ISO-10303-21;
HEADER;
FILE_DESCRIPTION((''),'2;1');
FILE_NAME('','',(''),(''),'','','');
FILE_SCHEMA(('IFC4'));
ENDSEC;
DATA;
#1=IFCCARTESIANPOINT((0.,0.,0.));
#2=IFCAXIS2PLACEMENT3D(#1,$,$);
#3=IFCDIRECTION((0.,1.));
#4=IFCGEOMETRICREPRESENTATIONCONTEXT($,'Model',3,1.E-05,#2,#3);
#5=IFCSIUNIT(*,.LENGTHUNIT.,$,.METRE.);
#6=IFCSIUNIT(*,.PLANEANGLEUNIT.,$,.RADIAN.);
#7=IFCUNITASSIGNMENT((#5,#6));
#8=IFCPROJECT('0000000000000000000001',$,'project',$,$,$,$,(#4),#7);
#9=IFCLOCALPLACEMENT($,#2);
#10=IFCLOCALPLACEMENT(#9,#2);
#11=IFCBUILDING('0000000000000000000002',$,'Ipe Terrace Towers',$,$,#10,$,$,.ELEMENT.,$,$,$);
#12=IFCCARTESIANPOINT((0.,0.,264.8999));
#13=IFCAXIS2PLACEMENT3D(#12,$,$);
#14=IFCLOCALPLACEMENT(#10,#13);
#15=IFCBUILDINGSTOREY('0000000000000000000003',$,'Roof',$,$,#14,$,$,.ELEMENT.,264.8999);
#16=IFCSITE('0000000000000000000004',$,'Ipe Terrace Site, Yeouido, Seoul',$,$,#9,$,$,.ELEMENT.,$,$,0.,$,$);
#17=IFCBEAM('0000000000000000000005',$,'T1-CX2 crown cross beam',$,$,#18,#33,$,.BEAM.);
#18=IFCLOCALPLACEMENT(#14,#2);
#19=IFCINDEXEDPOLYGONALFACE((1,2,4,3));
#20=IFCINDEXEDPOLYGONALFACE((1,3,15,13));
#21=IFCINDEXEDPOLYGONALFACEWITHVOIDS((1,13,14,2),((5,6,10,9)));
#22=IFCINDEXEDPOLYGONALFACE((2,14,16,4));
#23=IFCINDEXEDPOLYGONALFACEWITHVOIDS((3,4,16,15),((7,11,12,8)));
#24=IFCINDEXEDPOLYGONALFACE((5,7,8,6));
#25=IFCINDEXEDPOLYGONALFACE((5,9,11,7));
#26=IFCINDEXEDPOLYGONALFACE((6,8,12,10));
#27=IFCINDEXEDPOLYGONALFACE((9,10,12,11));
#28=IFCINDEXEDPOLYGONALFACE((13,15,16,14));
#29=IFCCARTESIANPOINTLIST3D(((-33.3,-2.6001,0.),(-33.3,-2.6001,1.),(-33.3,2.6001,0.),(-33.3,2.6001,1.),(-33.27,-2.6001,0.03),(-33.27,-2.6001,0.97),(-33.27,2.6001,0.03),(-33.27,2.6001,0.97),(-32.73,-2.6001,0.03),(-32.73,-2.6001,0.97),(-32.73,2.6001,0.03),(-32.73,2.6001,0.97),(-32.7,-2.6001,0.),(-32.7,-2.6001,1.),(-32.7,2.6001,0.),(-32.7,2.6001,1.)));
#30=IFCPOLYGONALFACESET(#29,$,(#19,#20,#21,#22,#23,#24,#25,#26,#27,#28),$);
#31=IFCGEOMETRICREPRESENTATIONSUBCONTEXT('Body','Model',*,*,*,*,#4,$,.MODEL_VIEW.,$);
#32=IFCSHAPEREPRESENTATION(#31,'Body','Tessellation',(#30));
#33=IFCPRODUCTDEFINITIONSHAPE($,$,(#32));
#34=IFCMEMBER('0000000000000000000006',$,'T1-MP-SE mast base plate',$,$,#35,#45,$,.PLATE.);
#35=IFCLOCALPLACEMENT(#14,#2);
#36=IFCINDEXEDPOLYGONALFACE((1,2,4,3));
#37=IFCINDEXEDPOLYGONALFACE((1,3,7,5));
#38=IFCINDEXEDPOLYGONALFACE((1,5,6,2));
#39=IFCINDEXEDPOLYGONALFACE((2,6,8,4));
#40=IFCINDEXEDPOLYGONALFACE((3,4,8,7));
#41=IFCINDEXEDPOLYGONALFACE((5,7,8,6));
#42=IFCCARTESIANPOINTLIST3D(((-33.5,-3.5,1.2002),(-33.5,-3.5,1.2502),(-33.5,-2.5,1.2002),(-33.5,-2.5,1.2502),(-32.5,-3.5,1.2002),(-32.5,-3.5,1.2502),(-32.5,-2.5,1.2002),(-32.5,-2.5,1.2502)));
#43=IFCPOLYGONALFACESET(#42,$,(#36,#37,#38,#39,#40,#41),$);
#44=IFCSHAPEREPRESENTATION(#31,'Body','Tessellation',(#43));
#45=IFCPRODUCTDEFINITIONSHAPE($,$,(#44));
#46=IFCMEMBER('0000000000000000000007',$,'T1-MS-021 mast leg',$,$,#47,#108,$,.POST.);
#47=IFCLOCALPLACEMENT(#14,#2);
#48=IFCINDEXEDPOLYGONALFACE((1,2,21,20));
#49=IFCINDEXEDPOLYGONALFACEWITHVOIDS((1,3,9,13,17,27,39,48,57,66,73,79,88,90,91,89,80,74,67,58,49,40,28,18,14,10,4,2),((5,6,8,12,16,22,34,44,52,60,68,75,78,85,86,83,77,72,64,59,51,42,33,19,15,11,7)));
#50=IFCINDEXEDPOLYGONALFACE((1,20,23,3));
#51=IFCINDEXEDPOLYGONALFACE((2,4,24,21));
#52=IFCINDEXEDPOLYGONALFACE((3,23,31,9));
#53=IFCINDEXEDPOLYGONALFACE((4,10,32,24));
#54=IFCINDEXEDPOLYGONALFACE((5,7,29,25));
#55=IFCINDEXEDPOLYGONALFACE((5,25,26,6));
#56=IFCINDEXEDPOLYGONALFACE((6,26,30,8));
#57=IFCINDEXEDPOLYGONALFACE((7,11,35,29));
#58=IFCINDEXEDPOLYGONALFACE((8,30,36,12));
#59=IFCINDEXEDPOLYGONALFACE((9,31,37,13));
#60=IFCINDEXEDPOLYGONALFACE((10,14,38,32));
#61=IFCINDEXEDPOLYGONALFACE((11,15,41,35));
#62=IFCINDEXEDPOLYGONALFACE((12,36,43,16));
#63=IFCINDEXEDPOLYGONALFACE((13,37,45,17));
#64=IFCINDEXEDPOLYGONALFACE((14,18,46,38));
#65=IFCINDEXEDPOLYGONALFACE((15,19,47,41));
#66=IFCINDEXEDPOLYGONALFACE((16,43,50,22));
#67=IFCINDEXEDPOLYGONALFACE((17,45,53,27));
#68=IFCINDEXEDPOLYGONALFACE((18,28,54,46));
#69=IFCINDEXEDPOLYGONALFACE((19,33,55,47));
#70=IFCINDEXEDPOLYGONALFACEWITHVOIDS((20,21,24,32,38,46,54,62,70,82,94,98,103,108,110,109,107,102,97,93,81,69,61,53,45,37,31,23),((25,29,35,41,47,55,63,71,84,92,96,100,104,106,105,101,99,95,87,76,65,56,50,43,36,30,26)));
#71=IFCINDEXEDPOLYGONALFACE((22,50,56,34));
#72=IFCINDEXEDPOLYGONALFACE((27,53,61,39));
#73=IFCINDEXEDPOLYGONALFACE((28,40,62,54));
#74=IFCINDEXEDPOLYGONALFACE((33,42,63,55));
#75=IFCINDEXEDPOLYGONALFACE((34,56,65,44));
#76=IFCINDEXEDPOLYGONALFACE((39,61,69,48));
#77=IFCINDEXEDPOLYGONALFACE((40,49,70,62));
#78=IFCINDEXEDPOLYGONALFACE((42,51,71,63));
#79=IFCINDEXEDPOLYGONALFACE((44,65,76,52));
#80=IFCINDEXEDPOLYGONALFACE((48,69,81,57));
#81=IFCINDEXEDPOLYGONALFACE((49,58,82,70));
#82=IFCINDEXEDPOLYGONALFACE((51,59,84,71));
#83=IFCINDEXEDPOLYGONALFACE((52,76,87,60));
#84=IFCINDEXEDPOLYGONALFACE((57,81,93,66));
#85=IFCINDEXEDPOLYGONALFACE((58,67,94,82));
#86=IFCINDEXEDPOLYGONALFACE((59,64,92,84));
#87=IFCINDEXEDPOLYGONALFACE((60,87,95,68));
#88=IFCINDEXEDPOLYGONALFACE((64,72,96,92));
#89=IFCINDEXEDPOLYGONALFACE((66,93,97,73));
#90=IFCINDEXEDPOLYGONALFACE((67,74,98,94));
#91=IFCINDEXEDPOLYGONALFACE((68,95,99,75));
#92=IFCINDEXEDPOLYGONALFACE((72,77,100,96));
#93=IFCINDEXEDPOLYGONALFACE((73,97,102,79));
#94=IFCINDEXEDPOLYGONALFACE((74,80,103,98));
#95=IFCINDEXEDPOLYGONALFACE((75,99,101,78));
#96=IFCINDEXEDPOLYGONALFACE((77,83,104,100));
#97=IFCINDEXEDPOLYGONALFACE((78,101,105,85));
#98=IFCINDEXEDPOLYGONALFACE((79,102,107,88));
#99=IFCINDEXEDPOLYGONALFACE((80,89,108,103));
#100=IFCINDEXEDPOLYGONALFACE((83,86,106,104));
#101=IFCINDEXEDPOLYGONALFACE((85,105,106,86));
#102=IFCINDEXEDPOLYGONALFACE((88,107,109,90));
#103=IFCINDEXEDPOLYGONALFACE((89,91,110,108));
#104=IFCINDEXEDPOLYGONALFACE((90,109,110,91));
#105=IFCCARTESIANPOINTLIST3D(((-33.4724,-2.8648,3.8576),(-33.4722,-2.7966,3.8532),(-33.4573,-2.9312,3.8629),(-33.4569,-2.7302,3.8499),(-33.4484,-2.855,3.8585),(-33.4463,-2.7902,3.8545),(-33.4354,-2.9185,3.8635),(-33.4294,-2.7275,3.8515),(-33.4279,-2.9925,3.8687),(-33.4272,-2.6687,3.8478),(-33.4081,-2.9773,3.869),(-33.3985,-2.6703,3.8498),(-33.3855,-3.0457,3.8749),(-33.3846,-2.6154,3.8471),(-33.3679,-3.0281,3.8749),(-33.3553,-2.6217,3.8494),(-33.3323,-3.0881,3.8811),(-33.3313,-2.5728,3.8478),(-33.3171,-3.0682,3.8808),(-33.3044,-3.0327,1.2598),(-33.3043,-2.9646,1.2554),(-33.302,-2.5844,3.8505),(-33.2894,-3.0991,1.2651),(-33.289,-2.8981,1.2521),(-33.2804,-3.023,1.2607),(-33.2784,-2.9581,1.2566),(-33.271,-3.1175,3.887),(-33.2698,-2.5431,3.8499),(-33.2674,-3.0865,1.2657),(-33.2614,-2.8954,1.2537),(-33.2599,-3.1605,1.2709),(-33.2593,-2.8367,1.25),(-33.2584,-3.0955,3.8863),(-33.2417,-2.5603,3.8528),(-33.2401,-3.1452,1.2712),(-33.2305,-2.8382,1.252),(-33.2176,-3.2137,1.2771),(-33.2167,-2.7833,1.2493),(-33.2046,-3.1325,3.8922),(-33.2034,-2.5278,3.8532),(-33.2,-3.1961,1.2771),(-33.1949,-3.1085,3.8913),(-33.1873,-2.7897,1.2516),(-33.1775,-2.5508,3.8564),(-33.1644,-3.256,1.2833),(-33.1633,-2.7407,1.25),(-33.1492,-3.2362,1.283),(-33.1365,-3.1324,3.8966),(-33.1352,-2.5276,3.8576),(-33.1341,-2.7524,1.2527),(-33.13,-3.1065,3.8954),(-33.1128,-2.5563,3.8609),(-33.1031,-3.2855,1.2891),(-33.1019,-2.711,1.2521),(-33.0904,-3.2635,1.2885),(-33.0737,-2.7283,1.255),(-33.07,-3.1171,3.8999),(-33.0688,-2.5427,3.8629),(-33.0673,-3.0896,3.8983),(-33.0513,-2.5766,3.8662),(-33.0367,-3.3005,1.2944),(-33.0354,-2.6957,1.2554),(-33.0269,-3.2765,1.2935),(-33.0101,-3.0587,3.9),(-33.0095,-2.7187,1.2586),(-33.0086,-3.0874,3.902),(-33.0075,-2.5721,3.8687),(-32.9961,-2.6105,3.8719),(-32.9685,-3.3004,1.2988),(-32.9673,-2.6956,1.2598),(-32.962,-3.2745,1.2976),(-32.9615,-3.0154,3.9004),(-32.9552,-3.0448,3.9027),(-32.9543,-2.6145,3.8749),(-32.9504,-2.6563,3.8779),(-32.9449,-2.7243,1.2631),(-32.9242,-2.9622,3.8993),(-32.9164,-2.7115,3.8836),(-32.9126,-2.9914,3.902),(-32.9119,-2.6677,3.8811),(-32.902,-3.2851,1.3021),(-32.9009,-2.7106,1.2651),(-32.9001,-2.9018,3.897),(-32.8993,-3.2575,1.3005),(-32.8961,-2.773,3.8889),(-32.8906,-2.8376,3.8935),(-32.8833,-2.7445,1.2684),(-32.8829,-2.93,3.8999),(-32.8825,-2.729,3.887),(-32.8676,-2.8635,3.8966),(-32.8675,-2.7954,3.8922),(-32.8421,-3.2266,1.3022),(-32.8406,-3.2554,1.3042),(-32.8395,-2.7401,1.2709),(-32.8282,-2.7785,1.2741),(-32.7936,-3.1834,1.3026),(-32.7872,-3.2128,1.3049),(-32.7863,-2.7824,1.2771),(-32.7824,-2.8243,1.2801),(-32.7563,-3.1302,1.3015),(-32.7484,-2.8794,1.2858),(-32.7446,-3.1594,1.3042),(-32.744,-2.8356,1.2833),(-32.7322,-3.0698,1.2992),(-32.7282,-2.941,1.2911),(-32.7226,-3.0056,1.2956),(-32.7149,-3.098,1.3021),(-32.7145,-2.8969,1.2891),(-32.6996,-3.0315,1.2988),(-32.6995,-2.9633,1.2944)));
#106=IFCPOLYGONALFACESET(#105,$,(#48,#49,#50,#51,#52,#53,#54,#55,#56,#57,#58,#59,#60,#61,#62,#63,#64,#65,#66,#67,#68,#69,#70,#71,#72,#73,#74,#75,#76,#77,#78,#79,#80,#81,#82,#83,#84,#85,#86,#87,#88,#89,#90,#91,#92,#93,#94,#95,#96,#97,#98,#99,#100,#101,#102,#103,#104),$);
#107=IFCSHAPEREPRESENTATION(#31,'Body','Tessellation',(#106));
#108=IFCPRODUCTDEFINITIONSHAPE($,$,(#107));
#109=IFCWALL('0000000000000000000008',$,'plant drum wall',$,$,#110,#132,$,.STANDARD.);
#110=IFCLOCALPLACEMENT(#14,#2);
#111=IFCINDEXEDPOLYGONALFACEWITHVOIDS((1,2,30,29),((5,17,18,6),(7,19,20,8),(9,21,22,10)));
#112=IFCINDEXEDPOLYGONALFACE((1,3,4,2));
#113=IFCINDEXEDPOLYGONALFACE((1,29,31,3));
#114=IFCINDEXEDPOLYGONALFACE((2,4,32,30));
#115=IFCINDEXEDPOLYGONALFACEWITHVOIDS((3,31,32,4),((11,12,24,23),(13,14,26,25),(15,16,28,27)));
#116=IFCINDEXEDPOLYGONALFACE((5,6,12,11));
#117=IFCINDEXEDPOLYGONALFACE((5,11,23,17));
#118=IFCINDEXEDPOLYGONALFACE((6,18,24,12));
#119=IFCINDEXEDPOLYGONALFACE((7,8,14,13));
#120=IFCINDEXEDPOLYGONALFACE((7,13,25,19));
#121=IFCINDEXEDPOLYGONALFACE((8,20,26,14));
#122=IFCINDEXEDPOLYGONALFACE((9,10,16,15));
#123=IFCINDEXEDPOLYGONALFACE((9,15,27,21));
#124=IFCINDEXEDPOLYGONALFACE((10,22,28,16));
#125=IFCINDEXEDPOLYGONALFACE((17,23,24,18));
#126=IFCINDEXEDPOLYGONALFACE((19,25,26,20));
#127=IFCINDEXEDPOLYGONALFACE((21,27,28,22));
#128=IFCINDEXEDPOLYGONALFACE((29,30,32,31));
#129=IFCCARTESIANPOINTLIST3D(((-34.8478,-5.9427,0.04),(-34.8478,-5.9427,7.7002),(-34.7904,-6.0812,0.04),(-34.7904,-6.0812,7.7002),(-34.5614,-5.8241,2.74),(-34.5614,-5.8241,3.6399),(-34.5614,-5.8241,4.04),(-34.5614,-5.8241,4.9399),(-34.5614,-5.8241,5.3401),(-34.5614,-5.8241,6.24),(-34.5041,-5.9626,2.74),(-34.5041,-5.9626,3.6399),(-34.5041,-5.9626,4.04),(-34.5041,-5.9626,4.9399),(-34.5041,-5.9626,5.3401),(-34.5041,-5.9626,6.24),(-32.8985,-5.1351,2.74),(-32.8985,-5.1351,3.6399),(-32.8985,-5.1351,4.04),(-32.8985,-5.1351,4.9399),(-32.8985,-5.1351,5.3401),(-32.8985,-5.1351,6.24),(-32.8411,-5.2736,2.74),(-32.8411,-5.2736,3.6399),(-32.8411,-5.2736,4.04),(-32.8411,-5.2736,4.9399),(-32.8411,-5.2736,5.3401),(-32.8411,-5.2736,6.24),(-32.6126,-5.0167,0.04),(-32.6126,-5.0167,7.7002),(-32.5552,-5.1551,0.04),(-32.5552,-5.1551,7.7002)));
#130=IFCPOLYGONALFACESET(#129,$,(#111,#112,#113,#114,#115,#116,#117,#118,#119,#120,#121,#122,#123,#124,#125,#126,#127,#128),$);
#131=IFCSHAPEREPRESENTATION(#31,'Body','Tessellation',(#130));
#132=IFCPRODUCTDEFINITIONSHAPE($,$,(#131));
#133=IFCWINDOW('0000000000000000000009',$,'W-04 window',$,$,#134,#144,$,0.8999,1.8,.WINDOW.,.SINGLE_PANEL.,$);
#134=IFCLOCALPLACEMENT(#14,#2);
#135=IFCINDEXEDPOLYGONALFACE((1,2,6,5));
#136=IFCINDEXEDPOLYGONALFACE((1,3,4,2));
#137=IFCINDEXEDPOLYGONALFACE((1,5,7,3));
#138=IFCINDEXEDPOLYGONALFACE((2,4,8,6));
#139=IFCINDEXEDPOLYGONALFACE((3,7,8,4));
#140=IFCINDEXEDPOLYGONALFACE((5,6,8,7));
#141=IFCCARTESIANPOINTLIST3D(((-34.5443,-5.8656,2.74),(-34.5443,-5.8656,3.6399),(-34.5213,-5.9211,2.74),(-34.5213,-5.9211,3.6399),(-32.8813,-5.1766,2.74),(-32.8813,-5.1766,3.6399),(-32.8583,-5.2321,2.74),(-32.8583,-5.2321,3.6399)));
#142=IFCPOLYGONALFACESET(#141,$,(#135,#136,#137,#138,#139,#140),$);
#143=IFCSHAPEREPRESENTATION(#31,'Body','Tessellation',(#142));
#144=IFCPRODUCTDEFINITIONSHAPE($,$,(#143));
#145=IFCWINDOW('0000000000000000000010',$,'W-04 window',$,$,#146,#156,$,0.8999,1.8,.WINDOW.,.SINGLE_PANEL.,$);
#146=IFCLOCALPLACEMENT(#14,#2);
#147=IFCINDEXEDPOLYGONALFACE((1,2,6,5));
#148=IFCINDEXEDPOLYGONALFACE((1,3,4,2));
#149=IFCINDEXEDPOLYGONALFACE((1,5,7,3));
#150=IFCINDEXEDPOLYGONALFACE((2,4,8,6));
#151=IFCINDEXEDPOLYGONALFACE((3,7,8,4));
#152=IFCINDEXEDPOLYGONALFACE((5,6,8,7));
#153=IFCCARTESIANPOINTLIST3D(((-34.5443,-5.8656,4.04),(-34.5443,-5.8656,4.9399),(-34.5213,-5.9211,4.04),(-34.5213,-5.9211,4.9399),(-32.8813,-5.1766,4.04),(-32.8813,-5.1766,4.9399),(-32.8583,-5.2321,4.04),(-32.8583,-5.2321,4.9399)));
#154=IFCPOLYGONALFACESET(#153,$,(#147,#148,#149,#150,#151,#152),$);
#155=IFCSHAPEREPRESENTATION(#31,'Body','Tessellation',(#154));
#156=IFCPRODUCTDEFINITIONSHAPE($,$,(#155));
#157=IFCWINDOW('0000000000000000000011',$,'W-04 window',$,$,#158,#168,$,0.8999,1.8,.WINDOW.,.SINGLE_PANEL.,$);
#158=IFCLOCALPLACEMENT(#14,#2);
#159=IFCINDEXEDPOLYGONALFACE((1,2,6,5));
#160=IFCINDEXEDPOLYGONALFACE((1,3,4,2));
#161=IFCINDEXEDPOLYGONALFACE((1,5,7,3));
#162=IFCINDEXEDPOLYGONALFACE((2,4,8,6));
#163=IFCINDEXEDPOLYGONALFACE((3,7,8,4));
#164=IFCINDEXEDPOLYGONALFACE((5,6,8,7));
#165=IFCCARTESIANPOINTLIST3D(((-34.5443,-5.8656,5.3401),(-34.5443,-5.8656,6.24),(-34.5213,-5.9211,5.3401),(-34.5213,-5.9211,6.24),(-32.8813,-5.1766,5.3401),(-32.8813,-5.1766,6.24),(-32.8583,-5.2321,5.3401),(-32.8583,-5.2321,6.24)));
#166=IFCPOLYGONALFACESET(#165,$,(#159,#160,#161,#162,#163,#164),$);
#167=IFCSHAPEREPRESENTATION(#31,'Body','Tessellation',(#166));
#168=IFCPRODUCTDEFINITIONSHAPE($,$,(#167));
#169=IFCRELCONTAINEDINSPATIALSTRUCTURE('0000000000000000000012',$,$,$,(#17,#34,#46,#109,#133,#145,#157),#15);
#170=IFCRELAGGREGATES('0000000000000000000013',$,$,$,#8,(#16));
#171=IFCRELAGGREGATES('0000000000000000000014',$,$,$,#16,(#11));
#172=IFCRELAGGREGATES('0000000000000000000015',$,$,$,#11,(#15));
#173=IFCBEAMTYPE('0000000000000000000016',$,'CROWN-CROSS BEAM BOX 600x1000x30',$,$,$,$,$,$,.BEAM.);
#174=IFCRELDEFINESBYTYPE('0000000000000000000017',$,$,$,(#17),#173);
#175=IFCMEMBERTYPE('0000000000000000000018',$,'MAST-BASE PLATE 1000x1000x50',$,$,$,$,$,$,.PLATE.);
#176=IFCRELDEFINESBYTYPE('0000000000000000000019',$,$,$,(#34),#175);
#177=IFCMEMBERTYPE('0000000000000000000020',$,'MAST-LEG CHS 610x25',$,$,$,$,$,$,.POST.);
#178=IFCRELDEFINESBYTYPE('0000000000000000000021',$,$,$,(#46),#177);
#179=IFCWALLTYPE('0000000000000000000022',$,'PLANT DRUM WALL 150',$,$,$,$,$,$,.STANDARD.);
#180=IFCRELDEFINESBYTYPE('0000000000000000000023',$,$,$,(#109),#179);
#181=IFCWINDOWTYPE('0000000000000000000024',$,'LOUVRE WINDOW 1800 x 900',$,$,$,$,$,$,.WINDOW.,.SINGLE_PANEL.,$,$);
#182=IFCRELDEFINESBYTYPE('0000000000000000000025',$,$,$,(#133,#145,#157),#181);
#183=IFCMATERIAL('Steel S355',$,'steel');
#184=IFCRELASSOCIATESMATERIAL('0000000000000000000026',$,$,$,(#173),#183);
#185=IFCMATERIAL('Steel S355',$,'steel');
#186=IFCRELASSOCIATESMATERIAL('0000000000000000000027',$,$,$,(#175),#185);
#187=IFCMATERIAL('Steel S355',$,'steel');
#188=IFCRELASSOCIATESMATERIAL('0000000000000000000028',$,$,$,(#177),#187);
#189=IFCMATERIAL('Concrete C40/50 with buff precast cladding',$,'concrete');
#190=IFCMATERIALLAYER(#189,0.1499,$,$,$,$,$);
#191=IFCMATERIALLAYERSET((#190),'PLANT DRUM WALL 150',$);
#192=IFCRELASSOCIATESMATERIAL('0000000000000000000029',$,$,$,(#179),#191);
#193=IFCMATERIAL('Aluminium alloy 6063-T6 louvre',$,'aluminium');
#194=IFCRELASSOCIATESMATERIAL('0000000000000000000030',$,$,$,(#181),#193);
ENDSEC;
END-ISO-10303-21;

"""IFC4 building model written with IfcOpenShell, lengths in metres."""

from ifc_helpers import new_model, si_unit, direction, frame, frame_2d, origin, origin_2d, place, context, subcontext, project, spatial, rectangle, hollow_rectangle, hollow_circle, extrude, material, layer, layer_set, material_profile, profile_set, type_object, element, fill, save


model = new_model("IFC4")

# Units and contexts
model_context = context("Model", 3, precision=1e-05, world=origin(), true_north=direction((0.0, 1.0)))
body_context = subcontext(model_context, "Body", "Model", "MODEL_VIEW")
ifc_project = project(units=[si_unit("LENGTHUNIT", "METRE"), si_unit("PLANEANGLEUNIT", "RADIAN")], contexts=[model_context])

# Site, building, storey
site_placement = place(None, origin())
site = spatial("IfcSite", under=ifc_project, at=site_placement, Name="Ipe Terrace Site, Yeouido, Seoul", CompositionType="ELEMENT", RefElevation=0.0)
building_placement = place(site_placement, origin())
building = spatial("IfcBuilding", under=site, at=building_placement, Name="Ipe Terrace Towers", CompositionType="ELEMENT")
storey_placement = place(building_placement, frame((0.0, 0.0, 264.8999)))
storey = spatial("IfcBuildingStorey", under=building, at=storey_placement, Name="Roof", CompositionType="ELEMENT", Elevation=264.8999)

# Beam
ifc_material_1 = material(Name="Steel S355", Category="steel")
ifc_material_profile_1 = material_profile(ifc_material_1, hollow_rectangle(XDim=0.6001, YDim=1.0, WallThickness=0.03, at=origin_2d()), Name="CROWN-CROSS BEAM BOX 600x1000x30")
ifc_profile_set_1 = profile_set([ifc_material_profile_1], Name="Steel S355")
beam_type = type_object("IfcBeamType", Name="CROWN-CROSS BEAM BOX 600x1000x30", PredefinedType="BEAM", material=ifc_profile_set_1)
beam_placement = place(storey_placement, frame((-33.0, -2.6001, 0.5), z_axis=(0.0, 1.0, 0.0), x_axis=(-1.0, 0.0, 0.0)))
element("IfcBeam", 1, at=beam_placement, inside=storey, type_object=beam_type, Name="T1-CX2 crown cross beam", PredefinedType="BEAM", context=body_context, shape_type="SweptSolid", body=[
    extrude(hollow_rectangle(XDim=0.6001, YDim=1.0, WallThickness=0.03, at=origin_2d()), origin(), (0.0, 0.0, 1.0), 5.2002),
])

# Members
ifc_material_2 = material(Name="Steel S355", Category="steel")
member_type_1 = type_object("IfcMemberType", Name="MAST-BASE PLATE 1000x1000x50", PredefinedType="PLATE", material=ifc_material_2)
member_1_placement = place(storey_placement, frame((-33.0, -3.0, 1.2002), z_axis=(0.0, 0.0, 1.0), x_axis=(1.0, 0.0, 0.0)))
element("IfcMember", 2, at=member_1_placement, inside=storey, type_object=member_type_1, Name="T1-MP-SE mast base plate", PredefinedType="PLATE", context=body_context, shape_type="SweptSolid", body=[
    extrude(rectangle(XDim=1.0, YDim=1.0, at=origin_2d()), origin(), (0.0, 0.0, 1.0), 0.05),
])
ifc_material_3 = material(Name="Steel S355", Category="steel")
ifc_material_profile_2 = material_profile(ifc_material_3, hollow_circle(Radius=0.3049, WallThickness=0.0249, at=origin_2d()), Name="MAST-LEG CHS 610x25")
ifc_profile_set_2 = profile_set([ifc_material_profile_2], Name="Steel S355")
member_type_2 = type_object("IfcMemberType", Name="MAST-LEG CHS 610x25", PredefinedType="POST", material=ifc_profile_set_2)
member_2_placement = place(storey_placement, frame((-33.002, -2.998, 1.2771), z_axis=(-0.064387, 0.064387, 0.995846), x_axis=(-0.707107, -0.707107, 0.0)))
element("IfcMember", 3, at=member_2_placement, inside=storey, type_object=member_type_2, Name="T1-MS-021 mast leg", PredefinedType="POST", context=body_context, shape_type="SweptSolid", body=[
    extrude(hollow_circle(Radius=0.3049, WallThickness=0.0249, at=origin_2d()), origin(), (0.0, 0.0, 1.0), 2.6086),
])

# Wall, openings, windows
ifc_material_4 = material(Name="Concrete C40/50 with buff precast cladding", Category="concrete")
ifc_layer_1 = layer(ifc_material_4, 0.1499)
ifc_layer_set_1 = layer_set([ifc_layer_1], Name="PLANT DRUM WALL 150")
wall_type = type_object("IfcWallType", Name="PLANT DRUM WALL 150", PredefinedType="STANDARD", material=ifc_layer_set_1)
wall_1_placement = place(storey_placement, frame((-34.8191, -6.012, 0.04), z_axis=(0.0, 0.0, 1.0), x_axis=(0.923848, 0.382759, 0.0)))
wall_1 = element("IfcWall", 4, at=wall_1_placement, inside=storey, type_object=wall_type, Name="plant drum wall", PredefinedType="STANDARD", context=body_context, shape_type="SweptSolid", body=[
    extrude(rectangle(XDim=2.4194, YDim=0.1499, at=frame_2d((1.2097, 0.0))), origin(), (0.0, 0.0, 1.0), 7.6602),
])
opening_1_placement = place(wall_1_placement, frame((0.3101, 0.0, 2.7)))
opening_1 = element("IfcOpeningElement", 5, at=opening_1_placement, cuts=wall_1, PredefinedType="OPENING", context=body_context, shape_type="SweptSolid", body=[
    extrude(rectangle(XDim=1.8, YDim=0.8999, at=frame_2d((0.8999, 0.45))), frame((0.0, 0.085, 0.0), z_axis=(0.0, -1.0, 0.0), x_axis=(1.0, 0.0, 0.0)), (0.0, 0.0, 1.0), 0.1699),
])
opening_2_placement = place(wall_1_placement, frame((0.3101, 0.0, 4.0)))
opening_2 = element("IfcOpeningElement", 6, at=opening_2_placement, cuts=wall_1, PredefinedType="OPENING", context=body_context, shape_type="SweptSolid", body=[
    extrude(rectangle(XDim=1.8, YDim=0.8999, at=frame_2d((0.8999, 0.45))), frame((0.0, 0.085, 0.0), z_axis=(0.0, -1.0, 0.0), x_axis=(1.0, 0.0, 0.0)), (0.0, 0.0, 1.0), 0.1699),
])
opening_3_placement = place(wall_1_placement, frame((0.3101, 0.0, 5.3)))
opening_3 = element("IfcOpeningElement", 7, at=opening_3_placement, cuts=wall_1, PredefinedType="OPENING", context=body_context, shape_type="SweptSolid", body=[
    extrude(rectangle(XDim=1.8, YDim=0.8999, at=frame_2d((0.8999, 0.45))), frame((0.0, 0.085, 0.0), z_axis=(0.0, -1.0, 0.0), x_axis=(1.0, 0.0, 0.0)), (0.0, 0.0, 1.0), 0.1699),
])
ifc_material_5 = material(Name="Aluminium alloy 6063-T6 louvre", Category="aluminium")
window_type = type_object("IfcWindowType", Name="LOUVRE WINDOW 1800 x 900", PartitioningType="SINGLE_PANEL", PredefinedType="WINDOW", material=ifc_material_5)
window_1_placement = place(opening_1_placement, origin())
window_1 = element("IfcWindow", 8, at=window_1_placement, inside=storey, type_object=window_type, Name="W-04 window", OverallHeight=0.8999, OverallWidth=1.8, PartitioningType="SINGLE_PANEL", PredefinedType="WINDOW", context=body_context, shape_type="SweptSolid", body=[
    extrude(rectangle(XDim=1.8, YDim=0.8999, at=frame_2d((0.8999, 0.45))), frame((0.0, 0.03, 0.0), z_axis=(0.0, -1.0, 0.0), x_axis=(1.0, 0.0, 0.0)), (0.0, 0.0, 1.0), 0.0601),
])
fill(opening_1, window_1)
window_2_placement = place(opening_2_placement, origin())
window_2 = element("IfcWindow", 9, at=window_2_placement, inside=storey, type_object=window_type, Name="W-04 window", OverallHeight=0.8999, OverallWidth=1.8, PartitioningType="SINGLE_PANEL", PredefinedType="WINDOW", context=body_context, shape_type="SweptSolid", body=[
    extrude(rectangle(XDim=1.8, YDim=0.8999, at=frame_2d((0.8999, 0.45))), frame((0.0, 0.03, 0.0), z_axis=(0.0, -1.0, 0.0), x_axis=(1.0, 0.0, 0.0)), (0.0, 0.0, 1.0), 0.0601),
])
fill(opening_2, window_2)
window_3_placement = place(opening_3_placement, origin())
window_3 = element("IfcWindow", 10, at=window_3_placement, inside=storey, type_object=window_type, Name="W-04 window", OverallHeight=0.8999, OverallWidth=1.8, PartitioningType="SINGLE_PANEL", PredefinedType="WINDOW", context=body_context, shape_type="SweptSolid", body=[
    extrude(rectangle(XDim=1.8, YDim=0.8999, at=frame_2d((0.8999, 0.45))), frame((0.0, 0.03, 0.0), z_axis=(0.0, -1.0, 0.0), x_axis=(1.0, 0.0, 0.0)), (0.0, 0.0, 1.0), 0.0601),
])
fill(opening_3, window_3)

save(model, "model.ifc")
